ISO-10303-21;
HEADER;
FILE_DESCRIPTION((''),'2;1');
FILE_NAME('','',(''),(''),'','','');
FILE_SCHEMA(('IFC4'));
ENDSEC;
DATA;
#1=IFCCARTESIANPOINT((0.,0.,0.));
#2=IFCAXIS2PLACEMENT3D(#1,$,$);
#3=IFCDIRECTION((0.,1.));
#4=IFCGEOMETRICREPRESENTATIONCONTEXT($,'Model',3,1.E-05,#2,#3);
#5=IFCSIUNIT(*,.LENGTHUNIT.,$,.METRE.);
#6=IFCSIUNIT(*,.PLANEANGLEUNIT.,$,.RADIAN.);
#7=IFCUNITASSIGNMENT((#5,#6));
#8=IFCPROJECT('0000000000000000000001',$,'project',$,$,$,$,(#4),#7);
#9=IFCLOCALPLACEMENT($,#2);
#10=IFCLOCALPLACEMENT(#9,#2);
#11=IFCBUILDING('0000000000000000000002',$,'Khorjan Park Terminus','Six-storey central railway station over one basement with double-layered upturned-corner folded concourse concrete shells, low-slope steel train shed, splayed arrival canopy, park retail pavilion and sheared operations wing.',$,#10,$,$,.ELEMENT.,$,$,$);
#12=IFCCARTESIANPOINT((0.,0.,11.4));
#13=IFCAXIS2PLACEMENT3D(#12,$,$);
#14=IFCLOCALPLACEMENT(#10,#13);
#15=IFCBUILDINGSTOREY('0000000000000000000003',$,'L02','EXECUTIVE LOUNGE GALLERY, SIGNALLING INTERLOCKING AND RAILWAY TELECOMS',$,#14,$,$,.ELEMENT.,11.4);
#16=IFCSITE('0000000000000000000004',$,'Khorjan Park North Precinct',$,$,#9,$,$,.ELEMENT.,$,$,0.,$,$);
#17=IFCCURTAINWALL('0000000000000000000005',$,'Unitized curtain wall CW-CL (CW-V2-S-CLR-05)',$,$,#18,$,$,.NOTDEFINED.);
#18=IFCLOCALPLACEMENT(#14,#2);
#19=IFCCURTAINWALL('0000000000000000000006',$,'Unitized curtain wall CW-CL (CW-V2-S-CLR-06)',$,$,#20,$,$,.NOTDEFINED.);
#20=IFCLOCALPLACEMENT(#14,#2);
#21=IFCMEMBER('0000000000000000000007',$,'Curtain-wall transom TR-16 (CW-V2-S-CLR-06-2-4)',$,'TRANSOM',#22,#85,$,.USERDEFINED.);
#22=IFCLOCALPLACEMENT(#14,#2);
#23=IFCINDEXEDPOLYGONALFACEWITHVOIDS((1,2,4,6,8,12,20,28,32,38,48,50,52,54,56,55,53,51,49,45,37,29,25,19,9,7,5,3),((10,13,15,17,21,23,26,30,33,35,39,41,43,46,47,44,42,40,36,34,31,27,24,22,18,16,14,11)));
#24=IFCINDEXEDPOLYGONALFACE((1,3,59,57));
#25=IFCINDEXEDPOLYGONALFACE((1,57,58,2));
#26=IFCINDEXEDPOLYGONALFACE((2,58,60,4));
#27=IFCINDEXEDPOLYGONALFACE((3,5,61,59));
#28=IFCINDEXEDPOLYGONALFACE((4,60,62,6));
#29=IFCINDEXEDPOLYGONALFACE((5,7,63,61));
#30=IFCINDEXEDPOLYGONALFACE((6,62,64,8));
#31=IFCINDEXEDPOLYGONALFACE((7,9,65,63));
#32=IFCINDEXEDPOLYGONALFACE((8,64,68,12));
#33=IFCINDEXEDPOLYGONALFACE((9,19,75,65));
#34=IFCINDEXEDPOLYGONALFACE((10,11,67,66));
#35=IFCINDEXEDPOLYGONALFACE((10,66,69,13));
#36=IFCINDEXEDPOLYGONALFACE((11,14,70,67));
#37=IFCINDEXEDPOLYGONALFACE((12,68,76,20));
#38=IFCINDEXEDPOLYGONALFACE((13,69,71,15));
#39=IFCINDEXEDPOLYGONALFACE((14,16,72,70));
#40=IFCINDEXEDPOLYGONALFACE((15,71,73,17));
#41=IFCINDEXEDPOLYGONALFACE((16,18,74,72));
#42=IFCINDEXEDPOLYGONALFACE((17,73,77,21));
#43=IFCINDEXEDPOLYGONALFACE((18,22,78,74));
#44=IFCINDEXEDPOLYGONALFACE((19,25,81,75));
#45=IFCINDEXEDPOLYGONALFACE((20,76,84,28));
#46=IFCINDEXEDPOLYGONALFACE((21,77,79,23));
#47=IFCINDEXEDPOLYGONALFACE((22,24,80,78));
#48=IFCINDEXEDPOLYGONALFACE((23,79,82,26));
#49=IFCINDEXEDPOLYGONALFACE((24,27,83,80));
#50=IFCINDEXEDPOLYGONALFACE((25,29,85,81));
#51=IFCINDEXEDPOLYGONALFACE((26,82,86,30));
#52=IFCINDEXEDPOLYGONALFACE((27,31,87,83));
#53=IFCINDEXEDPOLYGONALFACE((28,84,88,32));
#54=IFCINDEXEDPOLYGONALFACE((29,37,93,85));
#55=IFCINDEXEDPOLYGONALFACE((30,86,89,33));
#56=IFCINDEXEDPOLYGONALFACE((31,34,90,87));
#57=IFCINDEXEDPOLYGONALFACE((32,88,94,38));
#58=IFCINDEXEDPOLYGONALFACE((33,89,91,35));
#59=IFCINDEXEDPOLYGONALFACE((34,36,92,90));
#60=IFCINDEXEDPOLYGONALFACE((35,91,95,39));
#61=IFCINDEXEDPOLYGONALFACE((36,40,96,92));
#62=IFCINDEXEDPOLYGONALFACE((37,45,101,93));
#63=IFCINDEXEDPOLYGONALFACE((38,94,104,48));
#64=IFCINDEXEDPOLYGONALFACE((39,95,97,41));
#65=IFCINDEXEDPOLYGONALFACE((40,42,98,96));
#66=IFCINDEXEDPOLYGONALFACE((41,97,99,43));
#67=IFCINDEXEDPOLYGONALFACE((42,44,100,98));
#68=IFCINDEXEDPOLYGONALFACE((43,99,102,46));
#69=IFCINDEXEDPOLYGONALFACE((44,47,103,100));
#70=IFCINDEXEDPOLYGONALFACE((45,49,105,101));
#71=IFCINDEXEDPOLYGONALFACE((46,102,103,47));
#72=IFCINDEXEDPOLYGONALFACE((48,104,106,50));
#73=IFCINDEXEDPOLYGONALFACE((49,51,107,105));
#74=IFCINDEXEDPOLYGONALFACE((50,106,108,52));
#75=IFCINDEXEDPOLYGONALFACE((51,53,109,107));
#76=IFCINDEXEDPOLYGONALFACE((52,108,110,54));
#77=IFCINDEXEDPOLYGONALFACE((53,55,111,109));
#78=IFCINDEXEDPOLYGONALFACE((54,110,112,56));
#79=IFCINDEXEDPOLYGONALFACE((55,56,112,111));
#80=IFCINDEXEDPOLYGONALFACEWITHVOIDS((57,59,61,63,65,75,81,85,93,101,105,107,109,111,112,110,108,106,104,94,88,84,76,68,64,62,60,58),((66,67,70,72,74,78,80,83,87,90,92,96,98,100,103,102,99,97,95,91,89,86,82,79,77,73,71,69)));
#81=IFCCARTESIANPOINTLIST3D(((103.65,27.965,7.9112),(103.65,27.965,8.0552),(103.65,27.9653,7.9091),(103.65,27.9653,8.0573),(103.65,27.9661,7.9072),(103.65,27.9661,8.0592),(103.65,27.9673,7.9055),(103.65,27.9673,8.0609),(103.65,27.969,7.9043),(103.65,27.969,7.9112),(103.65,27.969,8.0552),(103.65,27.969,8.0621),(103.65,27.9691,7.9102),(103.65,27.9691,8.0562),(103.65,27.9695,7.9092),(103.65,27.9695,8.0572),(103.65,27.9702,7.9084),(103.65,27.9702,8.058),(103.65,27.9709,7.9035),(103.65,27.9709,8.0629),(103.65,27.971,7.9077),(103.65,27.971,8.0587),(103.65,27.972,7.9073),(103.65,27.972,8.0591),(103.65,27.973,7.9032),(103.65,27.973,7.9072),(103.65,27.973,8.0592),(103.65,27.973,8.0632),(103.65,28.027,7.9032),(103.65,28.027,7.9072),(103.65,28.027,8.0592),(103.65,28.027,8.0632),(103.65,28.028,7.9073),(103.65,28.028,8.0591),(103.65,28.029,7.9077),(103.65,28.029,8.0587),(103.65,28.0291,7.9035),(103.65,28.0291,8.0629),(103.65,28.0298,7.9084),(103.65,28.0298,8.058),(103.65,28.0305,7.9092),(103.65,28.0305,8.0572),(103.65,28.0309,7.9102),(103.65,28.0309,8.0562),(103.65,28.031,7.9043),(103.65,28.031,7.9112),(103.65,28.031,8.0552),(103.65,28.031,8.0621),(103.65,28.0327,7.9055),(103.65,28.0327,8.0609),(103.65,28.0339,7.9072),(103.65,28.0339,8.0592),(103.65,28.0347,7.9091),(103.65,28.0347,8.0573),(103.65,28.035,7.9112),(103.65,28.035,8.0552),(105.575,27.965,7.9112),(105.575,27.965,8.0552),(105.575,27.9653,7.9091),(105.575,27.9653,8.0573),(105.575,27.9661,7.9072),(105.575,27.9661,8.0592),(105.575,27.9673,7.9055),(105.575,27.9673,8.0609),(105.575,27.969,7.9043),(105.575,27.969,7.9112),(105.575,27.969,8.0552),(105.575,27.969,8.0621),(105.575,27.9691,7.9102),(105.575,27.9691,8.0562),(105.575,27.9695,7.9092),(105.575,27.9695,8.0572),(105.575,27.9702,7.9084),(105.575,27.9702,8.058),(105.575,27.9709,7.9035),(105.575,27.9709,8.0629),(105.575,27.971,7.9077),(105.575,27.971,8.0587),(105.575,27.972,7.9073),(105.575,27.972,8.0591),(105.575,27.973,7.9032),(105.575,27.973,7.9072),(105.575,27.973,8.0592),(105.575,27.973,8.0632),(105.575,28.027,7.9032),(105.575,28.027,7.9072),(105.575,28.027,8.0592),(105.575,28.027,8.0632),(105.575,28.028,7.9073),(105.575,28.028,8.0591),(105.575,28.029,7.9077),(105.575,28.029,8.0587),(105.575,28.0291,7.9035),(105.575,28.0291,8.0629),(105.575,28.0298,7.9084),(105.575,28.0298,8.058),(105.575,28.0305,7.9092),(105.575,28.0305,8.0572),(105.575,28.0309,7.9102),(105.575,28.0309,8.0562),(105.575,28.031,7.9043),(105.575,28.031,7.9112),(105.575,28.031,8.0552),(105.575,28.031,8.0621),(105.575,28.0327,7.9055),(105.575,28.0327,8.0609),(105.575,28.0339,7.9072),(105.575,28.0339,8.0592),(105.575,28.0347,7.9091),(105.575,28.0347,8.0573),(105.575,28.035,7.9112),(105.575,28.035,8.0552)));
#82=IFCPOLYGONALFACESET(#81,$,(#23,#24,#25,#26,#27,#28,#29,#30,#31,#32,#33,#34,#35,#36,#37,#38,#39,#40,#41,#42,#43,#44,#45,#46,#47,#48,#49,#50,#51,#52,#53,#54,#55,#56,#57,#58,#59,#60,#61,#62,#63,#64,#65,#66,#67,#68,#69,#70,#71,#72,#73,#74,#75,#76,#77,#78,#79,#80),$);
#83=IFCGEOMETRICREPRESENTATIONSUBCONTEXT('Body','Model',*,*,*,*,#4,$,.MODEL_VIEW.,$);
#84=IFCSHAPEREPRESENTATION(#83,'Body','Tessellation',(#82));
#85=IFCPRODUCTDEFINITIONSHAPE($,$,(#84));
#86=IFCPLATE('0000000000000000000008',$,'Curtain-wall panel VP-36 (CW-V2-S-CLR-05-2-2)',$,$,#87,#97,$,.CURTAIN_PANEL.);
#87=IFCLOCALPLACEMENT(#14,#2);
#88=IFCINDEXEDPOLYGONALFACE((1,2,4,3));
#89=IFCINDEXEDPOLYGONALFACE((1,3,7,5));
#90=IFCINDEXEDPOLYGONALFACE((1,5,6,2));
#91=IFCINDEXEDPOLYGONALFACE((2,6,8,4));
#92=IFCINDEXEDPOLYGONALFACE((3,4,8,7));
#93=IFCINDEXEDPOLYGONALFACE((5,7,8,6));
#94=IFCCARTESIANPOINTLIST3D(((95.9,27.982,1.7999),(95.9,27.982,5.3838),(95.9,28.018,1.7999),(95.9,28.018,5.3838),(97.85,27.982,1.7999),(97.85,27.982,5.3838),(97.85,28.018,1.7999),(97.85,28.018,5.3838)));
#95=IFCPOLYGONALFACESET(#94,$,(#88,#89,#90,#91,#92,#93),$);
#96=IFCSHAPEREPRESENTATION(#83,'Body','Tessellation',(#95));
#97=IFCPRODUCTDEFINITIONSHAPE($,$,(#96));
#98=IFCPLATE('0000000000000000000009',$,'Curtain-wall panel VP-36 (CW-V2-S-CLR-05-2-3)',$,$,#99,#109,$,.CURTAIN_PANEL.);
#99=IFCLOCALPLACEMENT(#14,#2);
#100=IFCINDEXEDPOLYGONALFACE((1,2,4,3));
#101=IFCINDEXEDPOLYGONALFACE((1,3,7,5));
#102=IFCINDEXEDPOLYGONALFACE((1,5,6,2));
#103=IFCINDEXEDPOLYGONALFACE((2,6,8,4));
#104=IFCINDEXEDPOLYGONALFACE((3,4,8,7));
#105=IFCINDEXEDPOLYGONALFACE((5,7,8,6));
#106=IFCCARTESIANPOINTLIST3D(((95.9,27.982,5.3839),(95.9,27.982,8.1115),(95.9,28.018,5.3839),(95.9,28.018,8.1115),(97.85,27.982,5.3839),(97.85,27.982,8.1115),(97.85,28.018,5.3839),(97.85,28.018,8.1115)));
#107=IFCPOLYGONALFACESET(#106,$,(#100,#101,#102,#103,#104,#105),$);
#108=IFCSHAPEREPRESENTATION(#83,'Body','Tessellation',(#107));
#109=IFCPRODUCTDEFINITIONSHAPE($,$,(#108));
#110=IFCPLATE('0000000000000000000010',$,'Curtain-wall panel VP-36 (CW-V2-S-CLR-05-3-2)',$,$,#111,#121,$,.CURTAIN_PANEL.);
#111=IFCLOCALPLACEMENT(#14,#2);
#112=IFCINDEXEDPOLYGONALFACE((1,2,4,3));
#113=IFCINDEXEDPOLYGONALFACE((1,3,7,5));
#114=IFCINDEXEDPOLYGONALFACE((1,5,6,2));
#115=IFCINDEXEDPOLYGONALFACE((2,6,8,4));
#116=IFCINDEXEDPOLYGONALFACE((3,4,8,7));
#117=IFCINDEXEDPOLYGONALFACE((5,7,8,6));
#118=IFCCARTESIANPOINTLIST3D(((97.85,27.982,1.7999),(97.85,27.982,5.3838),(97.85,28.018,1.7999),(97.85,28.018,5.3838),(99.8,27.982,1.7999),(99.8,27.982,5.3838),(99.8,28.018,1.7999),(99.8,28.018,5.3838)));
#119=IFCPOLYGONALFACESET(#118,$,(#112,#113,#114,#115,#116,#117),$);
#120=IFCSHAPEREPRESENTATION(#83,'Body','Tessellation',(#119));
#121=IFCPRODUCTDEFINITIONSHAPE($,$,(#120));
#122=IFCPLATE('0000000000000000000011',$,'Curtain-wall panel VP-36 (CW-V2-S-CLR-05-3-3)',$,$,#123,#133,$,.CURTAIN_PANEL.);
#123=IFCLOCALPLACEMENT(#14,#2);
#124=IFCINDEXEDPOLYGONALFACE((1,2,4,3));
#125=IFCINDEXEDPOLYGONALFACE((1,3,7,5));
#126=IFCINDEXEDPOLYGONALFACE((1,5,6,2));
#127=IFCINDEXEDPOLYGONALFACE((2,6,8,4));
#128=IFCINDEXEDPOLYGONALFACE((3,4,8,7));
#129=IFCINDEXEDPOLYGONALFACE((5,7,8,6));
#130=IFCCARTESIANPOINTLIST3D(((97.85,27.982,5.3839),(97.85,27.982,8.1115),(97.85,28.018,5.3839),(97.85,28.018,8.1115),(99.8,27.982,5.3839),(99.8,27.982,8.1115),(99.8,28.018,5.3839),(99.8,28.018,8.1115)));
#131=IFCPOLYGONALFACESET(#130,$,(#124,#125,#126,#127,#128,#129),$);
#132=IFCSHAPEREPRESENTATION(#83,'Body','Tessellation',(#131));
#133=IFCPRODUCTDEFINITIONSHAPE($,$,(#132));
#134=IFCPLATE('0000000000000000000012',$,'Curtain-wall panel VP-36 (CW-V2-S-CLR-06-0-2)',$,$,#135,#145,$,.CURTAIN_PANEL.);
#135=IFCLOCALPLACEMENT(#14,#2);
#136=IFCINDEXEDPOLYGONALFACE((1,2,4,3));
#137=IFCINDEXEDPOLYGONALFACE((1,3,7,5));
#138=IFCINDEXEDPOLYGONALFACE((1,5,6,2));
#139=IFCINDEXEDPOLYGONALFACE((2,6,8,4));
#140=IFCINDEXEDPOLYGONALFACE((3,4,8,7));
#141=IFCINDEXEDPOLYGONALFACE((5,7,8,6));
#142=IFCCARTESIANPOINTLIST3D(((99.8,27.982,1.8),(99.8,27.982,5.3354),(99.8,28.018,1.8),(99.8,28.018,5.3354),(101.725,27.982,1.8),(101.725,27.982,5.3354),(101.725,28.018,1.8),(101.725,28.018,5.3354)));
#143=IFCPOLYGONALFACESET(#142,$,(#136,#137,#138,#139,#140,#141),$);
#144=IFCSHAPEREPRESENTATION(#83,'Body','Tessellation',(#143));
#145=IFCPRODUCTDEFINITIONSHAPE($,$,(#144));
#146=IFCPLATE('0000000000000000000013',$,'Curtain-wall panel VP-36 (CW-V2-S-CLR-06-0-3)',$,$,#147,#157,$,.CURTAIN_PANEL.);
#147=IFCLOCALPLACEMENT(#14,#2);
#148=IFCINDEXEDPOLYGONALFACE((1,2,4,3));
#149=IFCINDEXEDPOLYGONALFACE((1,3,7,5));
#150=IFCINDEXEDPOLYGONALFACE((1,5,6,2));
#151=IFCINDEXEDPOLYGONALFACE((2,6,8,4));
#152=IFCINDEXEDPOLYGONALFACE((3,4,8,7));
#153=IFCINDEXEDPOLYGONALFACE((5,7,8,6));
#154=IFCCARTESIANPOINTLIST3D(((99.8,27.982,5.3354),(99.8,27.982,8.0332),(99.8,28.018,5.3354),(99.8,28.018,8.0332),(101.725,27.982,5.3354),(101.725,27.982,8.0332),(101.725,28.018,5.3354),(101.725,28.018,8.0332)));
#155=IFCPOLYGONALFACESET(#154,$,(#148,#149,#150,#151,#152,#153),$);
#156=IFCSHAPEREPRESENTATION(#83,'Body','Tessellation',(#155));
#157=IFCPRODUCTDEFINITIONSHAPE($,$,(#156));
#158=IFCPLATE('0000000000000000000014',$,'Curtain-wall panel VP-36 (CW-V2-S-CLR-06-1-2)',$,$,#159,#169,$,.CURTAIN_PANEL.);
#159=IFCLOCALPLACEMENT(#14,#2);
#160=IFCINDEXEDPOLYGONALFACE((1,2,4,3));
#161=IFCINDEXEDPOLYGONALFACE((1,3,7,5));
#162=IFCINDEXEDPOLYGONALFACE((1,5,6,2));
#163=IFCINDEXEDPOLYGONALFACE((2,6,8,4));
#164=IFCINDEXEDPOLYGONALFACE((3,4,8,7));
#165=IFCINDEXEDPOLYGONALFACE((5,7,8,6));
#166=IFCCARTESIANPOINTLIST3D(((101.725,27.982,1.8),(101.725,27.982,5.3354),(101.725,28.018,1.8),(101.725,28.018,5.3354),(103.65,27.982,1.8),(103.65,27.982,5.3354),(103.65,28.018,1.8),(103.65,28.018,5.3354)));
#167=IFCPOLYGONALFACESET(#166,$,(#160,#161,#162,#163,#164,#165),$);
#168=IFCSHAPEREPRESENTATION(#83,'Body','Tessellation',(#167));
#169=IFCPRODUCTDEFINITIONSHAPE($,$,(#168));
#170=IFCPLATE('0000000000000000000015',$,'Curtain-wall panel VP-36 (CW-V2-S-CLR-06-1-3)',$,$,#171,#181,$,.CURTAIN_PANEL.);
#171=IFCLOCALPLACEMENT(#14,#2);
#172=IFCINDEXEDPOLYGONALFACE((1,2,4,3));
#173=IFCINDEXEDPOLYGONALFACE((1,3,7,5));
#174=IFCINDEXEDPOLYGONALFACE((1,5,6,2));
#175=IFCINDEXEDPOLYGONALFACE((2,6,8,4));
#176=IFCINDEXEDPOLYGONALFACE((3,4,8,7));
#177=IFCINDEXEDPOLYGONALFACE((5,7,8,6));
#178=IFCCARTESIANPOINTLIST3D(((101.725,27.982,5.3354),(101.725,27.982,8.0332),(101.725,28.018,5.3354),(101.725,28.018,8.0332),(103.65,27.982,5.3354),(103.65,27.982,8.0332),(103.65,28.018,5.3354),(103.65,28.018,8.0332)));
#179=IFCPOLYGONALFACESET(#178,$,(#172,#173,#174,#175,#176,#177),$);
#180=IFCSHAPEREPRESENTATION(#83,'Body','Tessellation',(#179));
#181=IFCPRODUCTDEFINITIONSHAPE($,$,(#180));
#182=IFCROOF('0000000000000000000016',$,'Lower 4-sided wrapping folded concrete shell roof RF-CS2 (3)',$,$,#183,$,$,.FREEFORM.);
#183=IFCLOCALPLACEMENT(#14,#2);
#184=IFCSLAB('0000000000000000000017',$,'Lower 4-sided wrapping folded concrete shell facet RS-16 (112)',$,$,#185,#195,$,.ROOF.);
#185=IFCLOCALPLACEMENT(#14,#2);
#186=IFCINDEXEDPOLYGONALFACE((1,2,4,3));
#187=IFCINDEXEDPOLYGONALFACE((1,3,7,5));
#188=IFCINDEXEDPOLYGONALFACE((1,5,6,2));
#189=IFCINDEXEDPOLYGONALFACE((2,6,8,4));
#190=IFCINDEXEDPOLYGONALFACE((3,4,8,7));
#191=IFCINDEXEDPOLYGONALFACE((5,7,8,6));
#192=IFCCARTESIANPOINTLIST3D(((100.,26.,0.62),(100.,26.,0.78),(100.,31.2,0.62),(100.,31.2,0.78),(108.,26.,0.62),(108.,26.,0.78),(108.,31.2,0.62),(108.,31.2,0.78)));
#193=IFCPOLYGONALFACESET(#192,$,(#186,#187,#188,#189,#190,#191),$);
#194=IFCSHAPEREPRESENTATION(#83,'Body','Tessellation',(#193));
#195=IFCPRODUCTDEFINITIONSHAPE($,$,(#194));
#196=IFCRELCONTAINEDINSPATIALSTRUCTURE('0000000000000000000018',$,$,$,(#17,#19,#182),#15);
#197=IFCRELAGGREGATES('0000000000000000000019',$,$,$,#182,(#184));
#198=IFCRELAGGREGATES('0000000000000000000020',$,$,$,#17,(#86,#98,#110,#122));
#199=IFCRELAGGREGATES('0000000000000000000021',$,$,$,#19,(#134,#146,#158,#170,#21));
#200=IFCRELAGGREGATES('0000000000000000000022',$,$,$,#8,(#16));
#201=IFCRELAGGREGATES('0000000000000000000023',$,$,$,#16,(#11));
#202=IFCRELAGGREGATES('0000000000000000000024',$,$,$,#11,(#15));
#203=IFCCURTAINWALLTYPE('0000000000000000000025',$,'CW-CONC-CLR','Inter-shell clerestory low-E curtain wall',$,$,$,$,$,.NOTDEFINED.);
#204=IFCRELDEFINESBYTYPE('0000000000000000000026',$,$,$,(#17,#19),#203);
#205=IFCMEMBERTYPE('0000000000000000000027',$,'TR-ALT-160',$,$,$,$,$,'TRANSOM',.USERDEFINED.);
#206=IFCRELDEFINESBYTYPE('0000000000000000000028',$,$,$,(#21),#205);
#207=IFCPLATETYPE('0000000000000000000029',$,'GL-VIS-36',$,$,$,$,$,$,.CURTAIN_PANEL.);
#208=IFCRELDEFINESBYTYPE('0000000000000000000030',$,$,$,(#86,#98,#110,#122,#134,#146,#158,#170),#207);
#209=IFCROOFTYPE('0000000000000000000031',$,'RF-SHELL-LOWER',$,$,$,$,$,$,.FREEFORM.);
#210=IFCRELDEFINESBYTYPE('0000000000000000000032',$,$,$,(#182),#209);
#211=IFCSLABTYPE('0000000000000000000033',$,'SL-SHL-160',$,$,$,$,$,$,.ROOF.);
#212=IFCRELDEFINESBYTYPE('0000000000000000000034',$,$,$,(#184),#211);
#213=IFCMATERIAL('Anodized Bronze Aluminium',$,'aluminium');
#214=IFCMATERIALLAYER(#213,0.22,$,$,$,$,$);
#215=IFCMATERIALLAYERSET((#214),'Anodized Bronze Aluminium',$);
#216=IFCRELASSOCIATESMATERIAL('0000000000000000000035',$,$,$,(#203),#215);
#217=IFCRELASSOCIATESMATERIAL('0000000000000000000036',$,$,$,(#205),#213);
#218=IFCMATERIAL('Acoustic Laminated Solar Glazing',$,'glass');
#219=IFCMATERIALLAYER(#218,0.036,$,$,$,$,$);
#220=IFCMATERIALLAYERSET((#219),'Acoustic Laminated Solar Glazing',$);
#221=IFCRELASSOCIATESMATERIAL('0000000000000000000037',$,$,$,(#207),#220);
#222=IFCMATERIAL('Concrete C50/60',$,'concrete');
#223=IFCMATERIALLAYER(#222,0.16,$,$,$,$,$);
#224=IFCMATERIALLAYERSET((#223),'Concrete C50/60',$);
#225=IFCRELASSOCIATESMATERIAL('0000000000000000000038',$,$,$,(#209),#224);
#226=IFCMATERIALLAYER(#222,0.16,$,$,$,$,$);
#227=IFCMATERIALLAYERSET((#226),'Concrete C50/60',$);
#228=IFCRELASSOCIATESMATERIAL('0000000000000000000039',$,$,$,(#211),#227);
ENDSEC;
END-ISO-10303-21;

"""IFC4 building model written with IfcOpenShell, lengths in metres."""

from ifc_helpers import new_model, si_unit, direction, frame, origin, origin_2d, place, context, subcontext, project, spatial, polyline, rectangle, hollow_rectangle, outline, extrude, material, layer, layer_set, material_profile, profile_set, type_object, element, aggregate, save


model = new_model("IFC4")

# Units and contexts
model_context = context("Model", 3, precision=1e-05, world=origin(), true_north=direction((0.0, 1.0)))
body_context = subcontext(model_context, "Body", "Model", "MODEL_VIEW")
ifc_project = project(units=[si_unit("LENGTHUNIT", "METRE"), si_unit("PLANEANGLEUNIT", "RADIAN")], contexts=[model_context])

# Site, building, storey
site_placement = place(None, origin())
site = spatial("IfcSite", under=ifc_project, at=site_placement, Name="Khorjan Park North Precinct", CompositionType="ELEMENT", RefElevation=0.0)
building_placement = place(site_placement, origin())
building = spatial("IfcBuilding", under=site, at=building_placement, Name="Khorjan Park Terminus", Description="Six-storey central railway station over one basement with double-layered upturned-corner folded concourse concrete shells, low-slope steel train shed, splayed arrival canopy, park retail pavilion and sheared operations wing.", CompositionType="ELEMENT")
storey_placement = place(building_placement, frame((0.0, 0.0, 11.4)))
storey = spatial("IfcBuildingStorey", under=building, at=storey_placement, Name="L02", Description="EXECUTIVE LOUNGE GALLERY, SIGNALLING INTERLOCKING AND RAILWAY TELECOMS", CompositionType="ELEMENT", Elevation=11.4)

# Curtain walls
ifc_material_1 = material(Name="Anodized Bronze Aluminium", Category="aluminium")
ifc_layer_1 = layer(ifc_material_1, 0.22)
ifc_layer_set_1 = layer_set([ifc_layer_1], Name="Anodized Bronze Aluminium")
curtain_wall_type = type_object("IfcCurtainWallType", Name="CW-CONC-CLR", Description="Inter-shell clerestory low-E curtain wall", PredefinedType="NOTDEFINED", material=ifc_layer_set_1)
curtain_wall_1_placement = place(storey_placement, origin())
curtain_wall_1 = element("IfcCurtainWall", 1, at=curtain_wall_1_placement, inside=storey, type_object=curtain_wall_type, Name="Unitized curtain wall CW-CL (CW-V2-S-CLR-05)", PredefinedType="NOTDEFINED")
curtain_wall_2_placement = place(storey_placement, origin())
curtain_wall_2 = element("IfcCurtainWall", 2, at=curtain_wall_2_placement, inside=storey, type_object=curtain_wall_type, Name="Unitized curtain wall CW-CL (CW-V2-S-CLR-06)", PredefinedType="NOTDEFINED")

# Member
ifc_material_profile_1 = material_profile(ifc_material_1, hollow_rectangle(XDim=0.07, YDim=0.16, WallThickness=0.004, InnerFilletRadius=0.004, OuterFilletRadius=0.008, at=origin_2d()), Name="ALT 70x160x4")
ifc_profile_set_1 = profile_set([ifc_material_profile_1], Name="Anodized Bronze Aluminium")
member_type_1 = type_object("IfcMemberType", Name="TR-ALT-160", ElementType="TRANSOM", PredefinedType="USERDEFINED", material=ifc_profile_set_1)
member_1_placement = place(storey_placement, frame((103.65, 28.0, 7.9832), z_axis=(1.0, 0.0, 0.0), x_axis=(0.0, 1.0, 0.0)))
member_1 = element("IfcMember", 3, at=member_1_placement, type_object=member_type_1, Name="Curtain-wall transom TR-16 (CW-V2-S-CLR-06-2-4)", ObjectType="TRANSOM", PredefinedType="USERDEFINED", context=body_context, shape_type="SweptSolid", body=[
    extrude(hollow_rectangle(XDim=0.07, YDim=0.16, WallThickness=0.004, InnerFilletRadius=0.004, OuterFilletRadius=0.008, at=origin_2d()), origin(), (0.0, 0.0, 1.0), 1.925),
])

# Plates
ifc_material_2 = material(Name="Acoustic Laminated Solar Glazing", Category="glass")
ifc_layer_2 = layer(ifc_material_2, 0.036)
ifc_layer_set_2 = layer_set([ifc_layer_2], Name="Acoustic Laminated Solar Glazing")
plate_type_1 = type_object("IfcPlateType", Name="GL-VIS-36", PredefinedType="CURTAIN_PANEL", material=ifc_layer_set_2)
plate_1_placement = place(storey_placement, frame((96.875, 28.0, 1.7999), z_axis=(0.0, 0.0, 1.0), x_axis=(1.0, 0.0, 0.0)))
plate_1 = element("IfcPlate", 4, at=plate_1_placement, type_object=plate_type_1, Name="Curtain-wall panel VP-36 (CW-V2-S-CLR-05-2-2)", PredefinedType="CURTAIN_PANEL", context=body_context, shape_type="SweptSolid", body=[
    extrude(rectangle(XDim=1.95, YDim=0.036, at=origin_2d()), origin(), (0.0, 0.0, 1.0), 3.5839),
])
plate_2_placement = place(storey_placement, frame((96.875, 28.0, 5.3839), z_axis=(0.0, 0.0, 1.0), x_axis=(1.0, 0.0, 0.0)))
plate_2 = element("IfcPlate", 5, at=plate_2_placement, type_object=plate_type_1, Name="Curtain-wall panel VP-36 (CW-V2-S-CLR-05-2-3)", PredefinedType="CURTAIN_PANEL", context=body_context, shape_type="SweptSolid", body=[
    extrude(rectangle(XDim=1.95, YDim=0.036, at=origin_2d()), origin(), (0.0, 0.0, 1.0), 2.7276),
])
plate_3_placement = place(storey_placement, frame((98.825, 28.0, 1.7999), z_axis=(0.0, 0.0, 1.0), x_axis=(1.0, 0.0, 0.0)))
plate_3 = element("IfcPlate", 6, at=plate_3_placement, type_object=plate_type_1, Name="Curtain-wall panel VP-36 (CW-V2-S-CLR-05-3-2)", PredefinedType="CURTAIN_PANEL", context=body_context, shape_type="SweptSolid", body=[
    extrude(rectangle(XDim=1.95, YDim=0.036, at=origin_2d()), origin(), (0.0, 0.0, 1.0), 3.5839),
])
plate_4_placement = place(storey_placement, frame((98.825, 28.0, 5.3839), z_axis=(0.0, 0.0, 1.0), x_axis=(1.0, 0.0, 0.0)))
plate_4 = element("IfcPlate", 7, at=plate_4_placement, type_object=plate_type_1, Name="Curtain-wall panel VP-36 (CW-V2-S-CLR-05-3-3)", PredefinedType="CURTAIN_PANEL", context=body_context, shape_type="SweptSolid", body=[
    extrude(rectangle(XDim=1.95, YDim=0.036, at=origin_2d()), origin(), (0.0, 0.0, 1.0), 2.7276),
])
plate_5_placement = place(storey_placement, frame((100.7625, 28.0, 1.8), z_axis=(0.0, 0.0, 1.0), x_axis=(1.0, 0.0, 0.0)))
plate_5 = element("IfcPlate", 8, at=plate_5_placement, type_object=plate_type_1, Name="Curtain-wall panel VP-36 (CW-V2-S-CLR-06-0-2)", PredefinedType="CURTAIN_PANEL", context=body_context, shape_type="SweptSolid", body=[
    extrude(rectangle(XDim=1.925, YDim=0.036, at=origin_2d()), origin(), (0.0, 0.0, 1.0), 3.5354),
])
plate_6_placement = place(storey_placement, frame((100.7625, 28.0, 5.3354), z_axis=(0.0, 0.0, 1.0), x_axis=(1.0, 0.0, 0.0)))
plate_6 = element("IfcPlate", 9, at=plate_6_placement, type_object=plate_type_1, Name="Curtain-wall panel VP-36 (CW-V2-S-CLR-06-0-3)", PredefinedType="CURTAIN_PANEL", context=body_context, shape_type="SweptSolid", body=[
    extrude(rectangle(XDim=1.925, YDim=0.036, at=origin_2d()), origin(), (0.0, 0.0, 1.0), 2.6978),
])
plate_7_placement = place(storey_placement, frame((102.6875, 28.0, 1.8), z_axis=(0.0, 0.0, 1.0), x_axis=(1.0, 0.0, 0.0)))
plate_7 = element("IfcPlate", 10, at=plate_7_placement, type_object=plate_type_1, Name="Curtain-wall panel VP-36 (CW-V2-S-CLR-06-1-2)", PredefinedType="CURTAIN_PANEL", context=body_context, shape_type="SweptSolid", body=[
    extrude(rectangle(XDim=1.925, YDim=0.036, at=origin_2d()), origin(), (0.0, 0.0, 1.0), 3.5354),
])
plate_8_placement = place(storey_placement, frame((102.6875, 28.0, 5.3354), z_axis=(0.0, 0.0, 1.0), x_axis=(1.0, 0.0, 0.0)))
plate_8 = element("IfcPlate", 11, at=plate_8_placement, type_object=plate_type_1, Name="Curtain-wall panel VP-36 (CW-V2-S-CLR-06-1-3)", PredefinedType="CURTAIN_PANEL", context=body_context, shape_type="SweptSolid", body=[
    extrude(rectangle(XDim=1.925, YDim=0.036, at=origin_2d()), origin(), (0.0, 0.0, 1.0), 2.6978),
])

# Roof, slab
ifc_material_3 = material(Name="Concrete C50/60", Category="concrete")
ifc_layer_3 = layer(ifc_material_3, 0.16)
ifc_layer_set_3 = layer_set([ifc_layer_3], Name="Concrete C50/60")
roof_type = type_object("IfcRoofType", Name="RF-SHELL-LOWER", PredefinedType="FREEFORM", material=ifc_layer_set_3)
roof_placement = place(storey_placement, origin())
roof = element("IfcRoof", 12, at=roof_placement, inside=storey, type_object=roof_type, Name="Lower 4-sided wrapping folded concrete shell roof RF-CS2 (3)", PredefinedType="FREEFORM")
ifc_layer_4 = layer(ifc_material_3, 0.16)
ifc_layer_set_4 = layer_set([ifc_layer_4], Name="Concrete C50/60")
slab_type = type_object("IfcSlabType", Name="SL-SHL-160", PredefinedType="ROOF", material=ifc_layer_set_4)
slab_placement = place(storey_placement, frame((100.0, 26.0, 0.78), z_axis=(0.0, 0.0, 1.0), x_axis=(1.0, 0.0, 0.0)))
slab = element("IfcSlab", 13, at=slab_placement, type_object=slab_type, Name="Lower 4-sided wrapping folded concrete shell facet RS-16 (112)", PredefinedType="ROOF", context=body_context, shape_type="SweptSolid", body=[
    extrude(outline(polyline([(0.0, 0.0), (8.0, 0.0), (8.0, 5.2), (0.0, 5.2), (0.0, 0.0)])), origin(), (0.0, 0.0, -1.0), 0.16),
])
aggregate(roof, [slab])

aggregate(curtain_wall_1, [plate_1, plate_2, plate_3, plate_4])
aggregate(curtain_wall_2, [plate_5, plate_6, plate_7, plate_8, member_1])

save(model, "model.ifc")
